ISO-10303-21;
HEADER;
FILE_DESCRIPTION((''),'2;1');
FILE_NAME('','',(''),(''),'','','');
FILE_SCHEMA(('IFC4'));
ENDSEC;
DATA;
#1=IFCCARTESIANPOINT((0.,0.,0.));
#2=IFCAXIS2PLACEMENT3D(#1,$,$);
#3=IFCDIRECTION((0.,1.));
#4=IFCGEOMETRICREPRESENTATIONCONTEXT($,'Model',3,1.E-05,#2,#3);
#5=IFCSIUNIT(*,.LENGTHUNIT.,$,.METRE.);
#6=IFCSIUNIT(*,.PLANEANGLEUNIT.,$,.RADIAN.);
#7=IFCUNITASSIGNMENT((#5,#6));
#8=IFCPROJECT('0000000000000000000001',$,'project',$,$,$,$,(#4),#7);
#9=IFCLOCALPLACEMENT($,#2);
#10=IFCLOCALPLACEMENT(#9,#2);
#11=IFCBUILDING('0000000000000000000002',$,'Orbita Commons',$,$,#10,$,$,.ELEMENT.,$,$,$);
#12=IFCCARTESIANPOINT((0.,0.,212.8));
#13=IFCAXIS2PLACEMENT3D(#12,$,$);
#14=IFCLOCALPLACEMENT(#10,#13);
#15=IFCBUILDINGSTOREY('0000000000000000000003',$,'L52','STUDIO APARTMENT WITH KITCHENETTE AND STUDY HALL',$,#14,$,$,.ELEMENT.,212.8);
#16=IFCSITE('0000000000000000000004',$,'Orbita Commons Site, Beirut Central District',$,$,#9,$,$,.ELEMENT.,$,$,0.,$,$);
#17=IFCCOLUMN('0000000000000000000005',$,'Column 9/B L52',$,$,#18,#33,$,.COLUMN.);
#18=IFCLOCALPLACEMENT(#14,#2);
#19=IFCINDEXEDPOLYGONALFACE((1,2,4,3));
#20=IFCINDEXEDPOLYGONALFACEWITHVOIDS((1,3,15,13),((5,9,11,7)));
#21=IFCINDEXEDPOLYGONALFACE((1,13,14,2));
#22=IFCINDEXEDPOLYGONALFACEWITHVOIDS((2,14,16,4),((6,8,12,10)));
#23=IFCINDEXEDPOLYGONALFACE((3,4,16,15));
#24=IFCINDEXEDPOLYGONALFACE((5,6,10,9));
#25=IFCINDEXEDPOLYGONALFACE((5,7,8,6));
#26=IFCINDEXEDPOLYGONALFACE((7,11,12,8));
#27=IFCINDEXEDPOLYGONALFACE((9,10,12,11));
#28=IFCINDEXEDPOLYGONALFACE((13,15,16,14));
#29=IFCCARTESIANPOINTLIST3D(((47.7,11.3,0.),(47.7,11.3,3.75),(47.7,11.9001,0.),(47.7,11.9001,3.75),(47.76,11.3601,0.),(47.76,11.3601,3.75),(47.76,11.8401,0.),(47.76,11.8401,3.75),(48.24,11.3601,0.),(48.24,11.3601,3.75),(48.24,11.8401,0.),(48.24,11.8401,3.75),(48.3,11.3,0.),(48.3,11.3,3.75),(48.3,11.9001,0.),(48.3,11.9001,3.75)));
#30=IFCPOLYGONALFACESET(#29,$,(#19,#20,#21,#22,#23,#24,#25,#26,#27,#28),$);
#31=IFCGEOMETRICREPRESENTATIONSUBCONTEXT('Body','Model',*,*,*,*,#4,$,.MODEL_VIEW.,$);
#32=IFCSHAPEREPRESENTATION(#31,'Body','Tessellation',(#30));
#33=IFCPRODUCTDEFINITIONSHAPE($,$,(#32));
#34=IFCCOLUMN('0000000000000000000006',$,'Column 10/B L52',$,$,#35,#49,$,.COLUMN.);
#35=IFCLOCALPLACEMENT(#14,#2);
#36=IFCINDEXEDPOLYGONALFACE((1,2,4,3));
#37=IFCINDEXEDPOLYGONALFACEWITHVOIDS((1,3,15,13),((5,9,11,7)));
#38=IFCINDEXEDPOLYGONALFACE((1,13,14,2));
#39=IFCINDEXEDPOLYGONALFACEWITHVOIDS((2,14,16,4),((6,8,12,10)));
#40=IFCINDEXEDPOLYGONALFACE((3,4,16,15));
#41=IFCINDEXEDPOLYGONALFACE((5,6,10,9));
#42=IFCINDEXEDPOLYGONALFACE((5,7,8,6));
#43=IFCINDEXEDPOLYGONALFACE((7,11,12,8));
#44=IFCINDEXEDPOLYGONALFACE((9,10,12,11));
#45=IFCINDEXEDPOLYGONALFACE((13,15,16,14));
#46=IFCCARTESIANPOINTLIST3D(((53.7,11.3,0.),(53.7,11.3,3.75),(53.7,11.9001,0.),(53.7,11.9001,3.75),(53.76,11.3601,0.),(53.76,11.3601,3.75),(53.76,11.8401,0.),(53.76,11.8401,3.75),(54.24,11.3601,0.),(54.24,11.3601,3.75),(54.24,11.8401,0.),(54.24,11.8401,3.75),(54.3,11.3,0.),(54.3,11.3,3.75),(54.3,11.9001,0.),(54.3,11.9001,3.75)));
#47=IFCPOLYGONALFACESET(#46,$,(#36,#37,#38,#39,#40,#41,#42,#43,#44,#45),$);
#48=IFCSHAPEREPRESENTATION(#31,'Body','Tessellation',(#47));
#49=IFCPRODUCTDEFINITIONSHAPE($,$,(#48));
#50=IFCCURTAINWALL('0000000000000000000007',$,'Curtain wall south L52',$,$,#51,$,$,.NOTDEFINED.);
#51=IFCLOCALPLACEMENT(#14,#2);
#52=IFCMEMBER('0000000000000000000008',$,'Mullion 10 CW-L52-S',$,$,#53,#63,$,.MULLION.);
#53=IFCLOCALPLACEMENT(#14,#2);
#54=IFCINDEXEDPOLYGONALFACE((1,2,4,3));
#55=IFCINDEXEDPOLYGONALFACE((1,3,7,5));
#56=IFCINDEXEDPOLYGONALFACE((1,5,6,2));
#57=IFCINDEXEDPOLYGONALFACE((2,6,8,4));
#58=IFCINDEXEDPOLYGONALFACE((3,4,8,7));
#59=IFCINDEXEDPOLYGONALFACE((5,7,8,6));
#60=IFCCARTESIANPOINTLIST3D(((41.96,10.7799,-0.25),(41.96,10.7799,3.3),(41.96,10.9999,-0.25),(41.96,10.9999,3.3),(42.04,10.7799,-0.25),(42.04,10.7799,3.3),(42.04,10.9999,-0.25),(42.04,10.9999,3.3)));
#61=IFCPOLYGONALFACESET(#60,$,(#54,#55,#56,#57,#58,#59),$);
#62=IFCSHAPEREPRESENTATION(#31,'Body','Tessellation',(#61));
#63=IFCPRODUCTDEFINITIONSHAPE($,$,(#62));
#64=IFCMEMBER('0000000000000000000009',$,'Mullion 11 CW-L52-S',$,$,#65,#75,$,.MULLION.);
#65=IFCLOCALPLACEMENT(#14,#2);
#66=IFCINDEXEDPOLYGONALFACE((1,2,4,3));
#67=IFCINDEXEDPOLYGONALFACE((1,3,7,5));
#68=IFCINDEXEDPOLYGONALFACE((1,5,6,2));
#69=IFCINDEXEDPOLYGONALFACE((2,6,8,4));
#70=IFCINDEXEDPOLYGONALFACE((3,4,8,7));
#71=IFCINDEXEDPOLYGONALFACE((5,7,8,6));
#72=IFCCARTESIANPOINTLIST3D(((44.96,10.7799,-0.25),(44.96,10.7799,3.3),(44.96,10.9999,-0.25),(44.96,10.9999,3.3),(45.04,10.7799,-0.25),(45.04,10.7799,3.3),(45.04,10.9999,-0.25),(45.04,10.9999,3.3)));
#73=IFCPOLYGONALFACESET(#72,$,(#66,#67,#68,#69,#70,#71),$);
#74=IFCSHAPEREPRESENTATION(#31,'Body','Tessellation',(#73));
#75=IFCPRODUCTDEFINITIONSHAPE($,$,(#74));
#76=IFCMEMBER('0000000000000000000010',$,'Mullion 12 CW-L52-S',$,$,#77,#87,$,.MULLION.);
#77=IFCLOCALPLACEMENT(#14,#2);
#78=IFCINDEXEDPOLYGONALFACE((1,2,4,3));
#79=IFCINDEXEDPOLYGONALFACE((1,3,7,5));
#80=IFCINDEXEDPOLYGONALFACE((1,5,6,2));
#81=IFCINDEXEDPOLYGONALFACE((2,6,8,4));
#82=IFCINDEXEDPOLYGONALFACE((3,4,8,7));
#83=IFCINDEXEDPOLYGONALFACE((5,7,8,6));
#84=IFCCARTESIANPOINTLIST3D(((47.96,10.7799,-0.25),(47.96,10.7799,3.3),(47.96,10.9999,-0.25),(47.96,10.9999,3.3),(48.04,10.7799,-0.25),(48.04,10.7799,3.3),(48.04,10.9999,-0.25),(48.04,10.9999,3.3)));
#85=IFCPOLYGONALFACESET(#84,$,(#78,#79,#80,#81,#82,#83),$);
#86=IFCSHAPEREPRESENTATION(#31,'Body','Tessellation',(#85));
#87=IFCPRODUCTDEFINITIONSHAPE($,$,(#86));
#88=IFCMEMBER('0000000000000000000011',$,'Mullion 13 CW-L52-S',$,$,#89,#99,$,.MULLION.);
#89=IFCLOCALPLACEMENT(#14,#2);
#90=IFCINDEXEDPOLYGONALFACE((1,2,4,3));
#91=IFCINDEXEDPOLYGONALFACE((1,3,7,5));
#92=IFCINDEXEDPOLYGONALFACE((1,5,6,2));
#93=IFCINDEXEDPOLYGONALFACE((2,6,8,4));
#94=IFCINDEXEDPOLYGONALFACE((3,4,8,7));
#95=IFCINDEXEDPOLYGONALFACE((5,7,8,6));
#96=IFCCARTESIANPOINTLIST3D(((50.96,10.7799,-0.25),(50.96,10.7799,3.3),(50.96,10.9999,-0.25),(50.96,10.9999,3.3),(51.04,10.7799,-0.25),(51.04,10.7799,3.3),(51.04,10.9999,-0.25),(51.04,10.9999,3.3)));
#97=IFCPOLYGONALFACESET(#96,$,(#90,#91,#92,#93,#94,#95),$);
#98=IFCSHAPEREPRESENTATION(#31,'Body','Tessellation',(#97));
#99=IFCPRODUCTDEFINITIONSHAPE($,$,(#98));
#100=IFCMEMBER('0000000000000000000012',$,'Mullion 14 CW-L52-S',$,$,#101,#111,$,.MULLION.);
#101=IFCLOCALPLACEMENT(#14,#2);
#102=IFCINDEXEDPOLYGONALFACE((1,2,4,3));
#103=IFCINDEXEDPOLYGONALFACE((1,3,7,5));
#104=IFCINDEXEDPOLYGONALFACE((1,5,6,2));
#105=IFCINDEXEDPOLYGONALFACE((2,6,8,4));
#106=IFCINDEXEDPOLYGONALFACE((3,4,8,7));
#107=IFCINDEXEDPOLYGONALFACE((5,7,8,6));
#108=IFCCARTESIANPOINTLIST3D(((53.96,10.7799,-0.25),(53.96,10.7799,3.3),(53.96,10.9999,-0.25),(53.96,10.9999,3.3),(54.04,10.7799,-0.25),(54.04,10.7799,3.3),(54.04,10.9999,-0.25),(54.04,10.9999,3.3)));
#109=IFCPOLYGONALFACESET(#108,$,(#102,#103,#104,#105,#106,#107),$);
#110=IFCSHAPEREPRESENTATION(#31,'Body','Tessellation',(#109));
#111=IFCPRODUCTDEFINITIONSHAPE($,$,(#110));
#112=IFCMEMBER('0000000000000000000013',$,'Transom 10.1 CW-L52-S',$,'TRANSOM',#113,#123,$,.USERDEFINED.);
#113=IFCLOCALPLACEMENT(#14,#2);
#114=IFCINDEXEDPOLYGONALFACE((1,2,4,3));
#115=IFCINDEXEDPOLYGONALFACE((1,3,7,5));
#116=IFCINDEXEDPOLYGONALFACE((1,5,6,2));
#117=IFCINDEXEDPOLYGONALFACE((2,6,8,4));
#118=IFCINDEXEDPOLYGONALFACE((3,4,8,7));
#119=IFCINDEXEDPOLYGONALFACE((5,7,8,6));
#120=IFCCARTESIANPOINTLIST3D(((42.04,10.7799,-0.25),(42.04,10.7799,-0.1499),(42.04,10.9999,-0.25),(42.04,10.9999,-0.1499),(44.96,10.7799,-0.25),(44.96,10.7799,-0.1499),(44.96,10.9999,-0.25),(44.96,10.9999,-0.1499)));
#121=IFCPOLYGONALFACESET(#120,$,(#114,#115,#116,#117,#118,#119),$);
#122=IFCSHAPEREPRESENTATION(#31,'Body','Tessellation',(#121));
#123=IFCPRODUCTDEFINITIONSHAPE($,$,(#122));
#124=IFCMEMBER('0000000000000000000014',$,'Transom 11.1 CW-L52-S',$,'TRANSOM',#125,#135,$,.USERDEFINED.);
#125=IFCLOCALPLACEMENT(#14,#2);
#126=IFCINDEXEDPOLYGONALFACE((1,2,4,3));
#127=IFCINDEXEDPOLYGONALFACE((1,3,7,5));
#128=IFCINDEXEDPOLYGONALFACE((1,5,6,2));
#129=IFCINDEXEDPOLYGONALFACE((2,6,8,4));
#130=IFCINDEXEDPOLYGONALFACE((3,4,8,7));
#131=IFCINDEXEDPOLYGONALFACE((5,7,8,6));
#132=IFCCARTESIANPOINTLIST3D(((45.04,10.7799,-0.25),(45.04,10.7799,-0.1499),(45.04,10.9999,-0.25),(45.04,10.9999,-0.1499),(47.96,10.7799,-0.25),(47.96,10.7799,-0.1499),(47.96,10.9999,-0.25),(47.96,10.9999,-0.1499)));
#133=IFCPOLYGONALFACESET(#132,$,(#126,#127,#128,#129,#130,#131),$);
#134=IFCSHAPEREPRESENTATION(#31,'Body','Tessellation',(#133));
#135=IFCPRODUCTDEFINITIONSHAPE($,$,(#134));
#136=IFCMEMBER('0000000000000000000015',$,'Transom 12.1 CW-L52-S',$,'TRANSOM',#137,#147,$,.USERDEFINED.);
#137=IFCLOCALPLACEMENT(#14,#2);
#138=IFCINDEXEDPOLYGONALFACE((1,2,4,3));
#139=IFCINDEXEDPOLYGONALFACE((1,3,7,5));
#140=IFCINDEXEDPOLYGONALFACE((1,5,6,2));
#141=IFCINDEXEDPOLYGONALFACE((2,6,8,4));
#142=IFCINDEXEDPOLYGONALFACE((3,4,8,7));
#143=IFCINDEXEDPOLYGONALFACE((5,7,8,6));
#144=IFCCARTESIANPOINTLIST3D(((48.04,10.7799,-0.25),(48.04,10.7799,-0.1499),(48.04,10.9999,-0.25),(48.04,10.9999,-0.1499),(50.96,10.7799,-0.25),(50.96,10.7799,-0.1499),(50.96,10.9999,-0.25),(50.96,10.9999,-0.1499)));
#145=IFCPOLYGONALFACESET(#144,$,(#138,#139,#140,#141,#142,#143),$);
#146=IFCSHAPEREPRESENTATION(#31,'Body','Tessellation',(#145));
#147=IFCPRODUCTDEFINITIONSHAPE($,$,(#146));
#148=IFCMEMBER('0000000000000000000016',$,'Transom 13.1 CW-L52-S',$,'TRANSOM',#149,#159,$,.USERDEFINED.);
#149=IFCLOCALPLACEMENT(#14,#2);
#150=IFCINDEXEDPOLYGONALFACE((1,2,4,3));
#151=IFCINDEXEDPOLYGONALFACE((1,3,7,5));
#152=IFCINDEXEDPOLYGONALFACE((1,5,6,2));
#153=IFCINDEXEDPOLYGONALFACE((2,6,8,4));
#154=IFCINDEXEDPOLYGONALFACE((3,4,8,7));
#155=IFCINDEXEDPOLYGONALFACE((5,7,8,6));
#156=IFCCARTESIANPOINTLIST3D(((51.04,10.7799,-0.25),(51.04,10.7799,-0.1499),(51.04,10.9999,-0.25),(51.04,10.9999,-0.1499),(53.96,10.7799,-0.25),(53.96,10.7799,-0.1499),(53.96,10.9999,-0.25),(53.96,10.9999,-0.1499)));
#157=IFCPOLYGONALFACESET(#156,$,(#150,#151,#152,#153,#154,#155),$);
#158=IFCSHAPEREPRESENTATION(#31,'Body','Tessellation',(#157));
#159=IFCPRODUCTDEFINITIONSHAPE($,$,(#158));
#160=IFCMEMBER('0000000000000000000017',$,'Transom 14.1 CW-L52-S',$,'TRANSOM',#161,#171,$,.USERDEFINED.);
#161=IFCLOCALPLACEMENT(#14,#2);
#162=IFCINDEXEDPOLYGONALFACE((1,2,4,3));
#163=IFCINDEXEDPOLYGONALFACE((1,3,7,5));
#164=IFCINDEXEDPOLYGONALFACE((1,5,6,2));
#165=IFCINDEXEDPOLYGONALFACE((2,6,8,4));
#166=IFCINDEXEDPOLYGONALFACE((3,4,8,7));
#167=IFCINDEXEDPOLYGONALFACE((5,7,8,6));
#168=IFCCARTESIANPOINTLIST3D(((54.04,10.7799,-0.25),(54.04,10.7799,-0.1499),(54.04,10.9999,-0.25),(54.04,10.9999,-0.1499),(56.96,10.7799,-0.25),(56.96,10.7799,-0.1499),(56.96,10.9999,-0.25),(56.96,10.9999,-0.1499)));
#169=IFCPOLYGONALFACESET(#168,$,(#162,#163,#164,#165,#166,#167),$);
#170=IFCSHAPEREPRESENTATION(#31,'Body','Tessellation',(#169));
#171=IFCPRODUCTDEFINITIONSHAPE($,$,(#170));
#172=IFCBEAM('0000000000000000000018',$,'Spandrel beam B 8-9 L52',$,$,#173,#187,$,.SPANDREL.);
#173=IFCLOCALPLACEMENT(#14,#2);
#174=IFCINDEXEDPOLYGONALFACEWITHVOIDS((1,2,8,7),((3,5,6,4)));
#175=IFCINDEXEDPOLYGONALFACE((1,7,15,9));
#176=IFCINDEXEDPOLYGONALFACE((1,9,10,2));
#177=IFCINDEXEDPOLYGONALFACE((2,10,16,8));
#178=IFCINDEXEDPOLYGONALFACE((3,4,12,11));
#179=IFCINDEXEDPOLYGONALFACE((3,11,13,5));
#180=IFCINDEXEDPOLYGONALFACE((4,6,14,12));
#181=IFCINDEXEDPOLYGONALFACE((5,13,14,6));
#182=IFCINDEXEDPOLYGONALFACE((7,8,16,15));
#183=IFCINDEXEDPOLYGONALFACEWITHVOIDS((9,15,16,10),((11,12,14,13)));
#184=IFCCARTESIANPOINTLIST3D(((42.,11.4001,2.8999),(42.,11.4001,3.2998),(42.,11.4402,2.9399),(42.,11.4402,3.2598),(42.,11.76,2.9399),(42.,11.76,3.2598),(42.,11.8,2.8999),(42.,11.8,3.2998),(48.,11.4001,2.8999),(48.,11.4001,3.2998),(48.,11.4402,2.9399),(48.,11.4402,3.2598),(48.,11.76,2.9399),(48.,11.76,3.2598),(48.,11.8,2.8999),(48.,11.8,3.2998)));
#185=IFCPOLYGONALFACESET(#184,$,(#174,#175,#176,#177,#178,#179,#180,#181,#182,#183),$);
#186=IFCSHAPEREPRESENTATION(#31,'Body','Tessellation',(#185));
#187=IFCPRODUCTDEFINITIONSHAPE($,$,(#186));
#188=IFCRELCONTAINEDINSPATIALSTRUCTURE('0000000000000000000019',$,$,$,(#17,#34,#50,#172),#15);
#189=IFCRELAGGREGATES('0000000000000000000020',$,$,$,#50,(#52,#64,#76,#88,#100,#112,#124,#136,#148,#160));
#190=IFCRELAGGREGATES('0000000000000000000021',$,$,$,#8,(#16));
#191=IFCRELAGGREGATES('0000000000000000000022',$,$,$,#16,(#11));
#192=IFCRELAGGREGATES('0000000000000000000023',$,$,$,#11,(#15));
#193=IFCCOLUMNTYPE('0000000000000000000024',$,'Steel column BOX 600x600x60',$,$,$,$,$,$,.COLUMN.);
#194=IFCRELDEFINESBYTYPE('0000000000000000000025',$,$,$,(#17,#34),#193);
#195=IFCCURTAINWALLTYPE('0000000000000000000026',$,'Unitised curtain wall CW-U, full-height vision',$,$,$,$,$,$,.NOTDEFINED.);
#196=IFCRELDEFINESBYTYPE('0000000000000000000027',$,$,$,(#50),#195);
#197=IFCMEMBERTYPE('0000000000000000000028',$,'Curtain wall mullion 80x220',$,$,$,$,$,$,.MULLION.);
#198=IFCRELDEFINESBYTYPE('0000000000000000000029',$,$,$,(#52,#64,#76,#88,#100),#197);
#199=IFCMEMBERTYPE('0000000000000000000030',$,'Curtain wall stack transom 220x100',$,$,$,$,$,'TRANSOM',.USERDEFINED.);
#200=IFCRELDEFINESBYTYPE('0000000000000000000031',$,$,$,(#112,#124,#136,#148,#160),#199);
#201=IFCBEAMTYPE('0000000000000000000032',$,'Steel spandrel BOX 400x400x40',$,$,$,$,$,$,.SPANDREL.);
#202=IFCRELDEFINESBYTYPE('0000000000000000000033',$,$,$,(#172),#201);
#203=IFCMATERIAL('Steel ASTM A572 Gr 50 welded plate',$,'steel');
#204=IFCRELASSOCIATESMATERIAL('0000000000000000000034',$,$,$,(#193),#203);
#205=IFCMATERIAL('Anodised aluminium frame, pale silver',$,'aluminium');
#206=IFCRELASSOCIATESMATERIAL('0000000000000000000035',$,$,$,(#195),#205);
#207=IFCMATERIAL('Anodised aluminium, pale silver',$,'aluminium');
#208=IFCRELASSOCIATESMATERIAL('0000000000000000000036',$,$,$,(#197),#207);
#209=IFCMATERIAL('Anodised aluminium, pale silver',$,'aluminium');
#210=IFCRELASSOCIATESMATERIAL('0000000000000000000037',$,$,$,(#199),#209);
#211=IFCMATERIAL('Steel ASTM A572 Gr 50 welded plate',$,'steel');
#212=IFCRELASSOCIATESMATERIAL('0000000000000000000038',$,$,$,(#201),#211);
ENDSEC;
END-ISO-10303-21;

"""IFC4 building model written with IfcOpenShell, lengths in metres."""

from ifc_helpers import new_model, si_unit, direction, frame, origin, origin_2d, place, context, subcontext, project, spatial, rectangle, hollow_rectangle, extrude, material, material_profile, profile_set, type_object, element, aggregate, save


model = new_model("IFC4")

# Units and contexts
model_context = context("Model", 3, precision=1e-05, world=origin(), true_north=direction((0.0, 1.0)))
body_context = subcontext(model_context, "Body", "Model", "MODEL_VIEW")
ifc_project = project(units=[si_unit("LENGTHUNIT", "METRE"), si_unit("PLANEANGLEUNIT", "RADIAN")], contexts=[model_context])

# Site, building, storey
site_placement = place(None, origin())
site = spatial("IfcSite", under=ifc_project, at=site_placement, Name="Orbita Commons Site, Beirut Central District", CompositionType="ELEMENT", RefElevation=0.0)
building_placement = place(site_placement, origin())
building = spatial("IfcBuilding", under=site, at=building_placement, Name="Orbita Commons", CompositionType="ELEMENT")
storey_placement = place(building_placement, frame((0.0, 0.0, 212.8)))
storey = spatial("IfcBuildingStorey", under=building, at=storey_placement, Name="L52", Description="STUDIO APARTMENT WITH KITCHENETTE AND STUDY HALL", CompositionType="ELEMENT", Elevation=212.8)

# Columns
ifc_material_1 = material(Name="Steel ASTM A572 Gr 50 welded plate", Category="steel")
ifc_material_profile_1 = material_profile(ifc_material_1, hollow_rectangle(XDim=0.6001, YDim=0.6001, WallThickness=0.0601, at=origin_2d()), Name="BOX 600x600x60")
ifc_profile_set_1 = profile_set([ifc_material_profile_1], Name="Steel ASTM A572 Gr 50 welded plate")
column_type = type_object("IfcColumnType", Name="Steel column BOX 600x600x60", PredefinedType="COLUMN", material=ifc_profile_set_1)
for number, where, z_axis, x_axis, name in (
    (1, (48.0, 11.6001, 0.0), (0.0, 0.0, 1.0), (1.0, 0.0, 0.0), "Column 9/B L52"),
    (2, (54.0, 11.6001, 0.0), (0.0, 0.0, 1.0), (1.0, 0.0, 0.0), "Column 10/B L52"),
):
    element("IfcColumn", number, at=place(storey_placement, frame(where, z_axis=z_axis, x_axis=x_axis)), inside=storey, type_object=column_type, Name=name, PredefinedType="COLUMN", context=body_context, shape_type="SweptSolid", body=[
        extrude(hollow_rectangle(XDim=0.6001, YDim=0.6001, WallThickness=0.0601, at=origin_2d()), origin(), (0.0, 0.0, 1.0), 3.75),
    ])

# Curtain wall, members
ifc_material_2 = material(Name="Anodised aluminium frame, pale silver", Category="aluminium")
curtain_wall_type = type_object("IfcCurtainWallType", Name="Unitised curtain wall CW-U, full-height vision", PredefinedType="NOTDEFINED", material=ifc_material_2)
curtain_wall_placement = place(storey_placement, origin())
curtain_wall = element("IfcCurtainWall", 3, at=curtain_wall_placement, inside=storey, type_object=curtain_wall_type, Name="Curtain wall south L52", PredefinedType="NOTDEFINED")
ifc_material_3 = material(Name="Anodised aluminium, pale silver", Category="aluminium")
ifc_material_profile_2 = material_profile(ifc_material_3, rectangle(XDim=0.0801, YDim=0.22, at=origin_2d()), Name="AL 80x220")
ifc_profile_set_2 = profile_set([ifc_material_profile_2], Name="Anodised aluminium, pale silver")
member_type_1 = type_object("IfcMemberType", Name="Curtain wall mullion 80x220", PredefinedType="MULLION", material=ifc_profile_set_2)
member_1_placement = place(storey_placement, frame((42.0, 10.8899, -0.25), z_axis=(0.0, 0.0, 1.0), x_axis=(1.0, 0.0, 0.0)))
member_1 = element("IfcMember", 4, at=member_1_placement, type_object=member_type_1, Name="Mullion 10 CW-L52-S", PredefinedType="MULLION", context=body_context, shape_type="SweptSolid", body=[
    extrude(rectangle(XDim=0.0801, YDim=0.22, at=origin_2d()), origin(), (0.0, 0.0, 1.0), 3.55),
])
member_2_placement = place(storey_placement, frame((45.0, 10.8899, -0.25), z_axis=(0.0, 0.0, 1.0), x_axis=(1.0, 0.0, 0.0)))
member_2 = element("IfcMember", 5, at=member_2_placement, type_object=member_type_1, Name="Mullion 11 CW-L52-S", PredefinedType="MULLION", context=body_context, shape_type="SweptSolid", body=[
    extrude(rectangle(XDim=0.0801, YDim=0.22, at=origin_2d()), origin(), (0.0, 0.0, 1.0), 3.55),
])
member_3_placement = place(storey_placement, frame((48.0, 10.8899, -0.25), z_axis=(0.0, 0.0, 1.0), x_axis=(1.0, 0.0, 0.0)))
member_3 = element("IfcMember", 6, at=member_3_placement, type_object=member_type_1, Name="Mullion 12 CW-L52-S", PredefinedType="MULLION", context=body_context, shape_type="SweptSolid", body=[
    extrude(rectangle(XDim=0.0801, YDim=0.22, at=origin_2d()), origin(), (0.0, 0.0, 1.0), 3.55),
])
member_4_placement = place(storey_placement, frame((51.0, 10.8899, -0.25), z_axis=(0.0, 0.0, 1.0), x_axis=(1.0, 0.0, 0.0)))
member_4 = element("IfcMember", 7, at=member_4_placement, type_object=member_type_1, Name="Mullion 13 CW-L52-S", PredefinedType="MULLION", context=body_context, shape_type="SweptSolid", body=[
    extrude(rectangle(XDim=0.0801, YDim=0.22, at=origin_2d()), origin(), (0.0, 0.0, 1.0), 3.55),
])
member_5_placement = place(storey_placement, frame((54.0, 10.8899, -0.25), z_axis=(0.0, 0.0, 1.0), x_axis=(1.0, 0.0, 0.0)))
member_5 = element("IfcMember", 8, at=member_5_placement, type_object=member_type_1, Name="Mullion 14 CW-L52-S", PredefinedType="MULLION", context=body_context, shape_type="SweptSolid", body=[
    extrude(rectangle(XDim=0.0801, YDim=0.22, at=origin_2d()), origin(), (0.0, 0.0, 1.0), 3.55),
])
ifc_material_4 = material(Name="Anodised aluminium, pale silver", Category="aluminium")
ifc_material_profile_3 = material_profile(ifc_material_4, rectangle(XDim=0.22, YDim=0.1001, at=origin_2d()), Name="AL 220x100")
ifc_profile_set_3 = profile_set([ifc_material_profile_3], Name="Anodised aluminium, pale silver")
member_type_2 = type_object("IfcMemberType", Name="Curtain wall stack transom 220x100", ElementType="TRANSOM", PredefinedType="USERDEFINED", material=ifc_profile_set_3)
member_6_placement = place(storey_placement, frame((42.04, 10.8899, -0.2), z_axis=(1.0, 0.0, 0.0), x_axis=(0.0, 1.0, 0.0)))
member_6 = element("IfcMember", 9, at=member_6_placement, type_object=member_type_2, Name="Transom 10.1 CW-L52-S", ObjectType="TRANSOM", PredefinedType="USERDEFINED", context=body_context, shape_type="SweptSolid", body=[
    extrude(rectangle(XDim=0.22, YDim=0.1001, at=origin_2d()), origin(), (0.0, 0.0, 1.0), 2.9199),
])
member_7_placement = place(storey_placement, frame((45.04, 10.8899, -0.2), z_axis=(1.0, 0.0, 0.0), x_axis=(0.0, 1.0, 0.0)))
member_7 = element("IfcMember", 10, at=member_7_placement, type_object=member_type_2, Name="Transom 11.1 CW-L52-S", ObjectType="TRANSOM", PredefinedType="USERDEFINED", context=body_context, shape_type="SweptSolid", body=[
    extrude(rectangle(XDim=0.22, YDim=0.1001, at=origin_2d()), origin(), (0.0, 0.0, 1.0), 2.9199),
])
member_8_placement = place(storey_placement, frame((48.04, 10.8899, -0.2), z_axis=(1.0, 0.0, 0.0), x_axis=(0.0, 1.0, 0.0)))
member_8 = element("IfcMember", 11, at=member_8_placement, type_object=member_type_2, Name="Transom 12.1 CW-L52-S", ObjectType="TRANSOM", PredefinedType="USERDEFINED", context=body_context, shape_type="SweptSolid", body=[
    extrude(rectangle(XDim=0.22, YDim=0.1001, at=origin_2d()), origin(), (0.0, 0.0, 1.0), 2.9199),
])
member_9_placement = place(storey_placement, frame((51.04, 10.8899, -0.2), z_axis=(1.0, 0.0, 0.0), x_axis=(0.0, 1.0, 0.0)))
member_9 = element("IfcMember", 12, at=member_9_placement, type_object=member_type_2, Name="Transom 13.1 CW-L52-S", ObjectType="TRANSOM", PredefinedType="USERDEFINED", context=body_context, shape_type="SweptSolid", body=[
    extrude(rectangle(XDim=0.22, YDim=0.1001, at=origin_2d()), origin(), (0.0, 0.0, 1.0), 2.9199),
])
member_10_placement = place(storey_placement, frame((54.04, 10.8899, -0.2), z_axis=(1.0, 0.0, 0.0), x_axis=(0.0, 1.0, 0.0)))
member_10 = element("IfcMember", 13, at=member_10_placement, type_object=member_type_2, Name="Transom 14.1 CW-L52-S", ObjectType="TRANSOM", PredefinedType="USERDEFINED", context=body_context, shape_type="SweptSolid", body=[
    extrude(rectangle(XDim=0.22, YDim=0.1001, at=origin_2d()), origin(), (0.0, 0.0, 1.0), 2.9199),
])

# Beam
ifc_material_5 = material(Name="Steel ASTM A572 Gr 50 welded plate", Category="steel")
ifc_material_profile_4 = material_profile(ifc_material_5, hollow_rectangle(XDim=0.3999, YDim=0.3999, WallThickness=0.04, at=origin_2d()), Name="BOX 400x400x40")
ifc_profile_set_4 = profile_set([ifc_material_profile_4], Name="Steel ASTM A572 Gr 50 welded plate")
beam_type = type_object("IfcBeamType", Name="Steel spandrel BOX 400x400x40", PredefinedType="SPANDREL", material=ifc_profile_set_4)
for number, where, z_axis, x_axis, name in (
    (14, (42.0, 11.6001, 3.0999), (1.0, 0.0, 0.0), (0.0, 1.0, 0.0), "Spandrel beam B 8-9 L52"),
):
    element("IfcBeam", number, at=place(storey_placement, frame(where, z_axis=z_axis, x_axis=x_axis)), inside=storey, type_object=beam_type, Name=name, PredefinedType="SPANDREL", context=body_context, shape_type="SweptSolid", body=[
        extrude(hollow_rectangle(XDim=0.3999, YDim=0.3999, WallThickness=0.04, at=origin_2d()), origin(), (0.0, 0.0, 1.0), 6.0),
    ])

aggregate(curtain_wall, [member_1, member_2, member_3, member_4, member_5, member_6, member_7, member_8, member_9, member_10])

save(model, "model.ifc")
